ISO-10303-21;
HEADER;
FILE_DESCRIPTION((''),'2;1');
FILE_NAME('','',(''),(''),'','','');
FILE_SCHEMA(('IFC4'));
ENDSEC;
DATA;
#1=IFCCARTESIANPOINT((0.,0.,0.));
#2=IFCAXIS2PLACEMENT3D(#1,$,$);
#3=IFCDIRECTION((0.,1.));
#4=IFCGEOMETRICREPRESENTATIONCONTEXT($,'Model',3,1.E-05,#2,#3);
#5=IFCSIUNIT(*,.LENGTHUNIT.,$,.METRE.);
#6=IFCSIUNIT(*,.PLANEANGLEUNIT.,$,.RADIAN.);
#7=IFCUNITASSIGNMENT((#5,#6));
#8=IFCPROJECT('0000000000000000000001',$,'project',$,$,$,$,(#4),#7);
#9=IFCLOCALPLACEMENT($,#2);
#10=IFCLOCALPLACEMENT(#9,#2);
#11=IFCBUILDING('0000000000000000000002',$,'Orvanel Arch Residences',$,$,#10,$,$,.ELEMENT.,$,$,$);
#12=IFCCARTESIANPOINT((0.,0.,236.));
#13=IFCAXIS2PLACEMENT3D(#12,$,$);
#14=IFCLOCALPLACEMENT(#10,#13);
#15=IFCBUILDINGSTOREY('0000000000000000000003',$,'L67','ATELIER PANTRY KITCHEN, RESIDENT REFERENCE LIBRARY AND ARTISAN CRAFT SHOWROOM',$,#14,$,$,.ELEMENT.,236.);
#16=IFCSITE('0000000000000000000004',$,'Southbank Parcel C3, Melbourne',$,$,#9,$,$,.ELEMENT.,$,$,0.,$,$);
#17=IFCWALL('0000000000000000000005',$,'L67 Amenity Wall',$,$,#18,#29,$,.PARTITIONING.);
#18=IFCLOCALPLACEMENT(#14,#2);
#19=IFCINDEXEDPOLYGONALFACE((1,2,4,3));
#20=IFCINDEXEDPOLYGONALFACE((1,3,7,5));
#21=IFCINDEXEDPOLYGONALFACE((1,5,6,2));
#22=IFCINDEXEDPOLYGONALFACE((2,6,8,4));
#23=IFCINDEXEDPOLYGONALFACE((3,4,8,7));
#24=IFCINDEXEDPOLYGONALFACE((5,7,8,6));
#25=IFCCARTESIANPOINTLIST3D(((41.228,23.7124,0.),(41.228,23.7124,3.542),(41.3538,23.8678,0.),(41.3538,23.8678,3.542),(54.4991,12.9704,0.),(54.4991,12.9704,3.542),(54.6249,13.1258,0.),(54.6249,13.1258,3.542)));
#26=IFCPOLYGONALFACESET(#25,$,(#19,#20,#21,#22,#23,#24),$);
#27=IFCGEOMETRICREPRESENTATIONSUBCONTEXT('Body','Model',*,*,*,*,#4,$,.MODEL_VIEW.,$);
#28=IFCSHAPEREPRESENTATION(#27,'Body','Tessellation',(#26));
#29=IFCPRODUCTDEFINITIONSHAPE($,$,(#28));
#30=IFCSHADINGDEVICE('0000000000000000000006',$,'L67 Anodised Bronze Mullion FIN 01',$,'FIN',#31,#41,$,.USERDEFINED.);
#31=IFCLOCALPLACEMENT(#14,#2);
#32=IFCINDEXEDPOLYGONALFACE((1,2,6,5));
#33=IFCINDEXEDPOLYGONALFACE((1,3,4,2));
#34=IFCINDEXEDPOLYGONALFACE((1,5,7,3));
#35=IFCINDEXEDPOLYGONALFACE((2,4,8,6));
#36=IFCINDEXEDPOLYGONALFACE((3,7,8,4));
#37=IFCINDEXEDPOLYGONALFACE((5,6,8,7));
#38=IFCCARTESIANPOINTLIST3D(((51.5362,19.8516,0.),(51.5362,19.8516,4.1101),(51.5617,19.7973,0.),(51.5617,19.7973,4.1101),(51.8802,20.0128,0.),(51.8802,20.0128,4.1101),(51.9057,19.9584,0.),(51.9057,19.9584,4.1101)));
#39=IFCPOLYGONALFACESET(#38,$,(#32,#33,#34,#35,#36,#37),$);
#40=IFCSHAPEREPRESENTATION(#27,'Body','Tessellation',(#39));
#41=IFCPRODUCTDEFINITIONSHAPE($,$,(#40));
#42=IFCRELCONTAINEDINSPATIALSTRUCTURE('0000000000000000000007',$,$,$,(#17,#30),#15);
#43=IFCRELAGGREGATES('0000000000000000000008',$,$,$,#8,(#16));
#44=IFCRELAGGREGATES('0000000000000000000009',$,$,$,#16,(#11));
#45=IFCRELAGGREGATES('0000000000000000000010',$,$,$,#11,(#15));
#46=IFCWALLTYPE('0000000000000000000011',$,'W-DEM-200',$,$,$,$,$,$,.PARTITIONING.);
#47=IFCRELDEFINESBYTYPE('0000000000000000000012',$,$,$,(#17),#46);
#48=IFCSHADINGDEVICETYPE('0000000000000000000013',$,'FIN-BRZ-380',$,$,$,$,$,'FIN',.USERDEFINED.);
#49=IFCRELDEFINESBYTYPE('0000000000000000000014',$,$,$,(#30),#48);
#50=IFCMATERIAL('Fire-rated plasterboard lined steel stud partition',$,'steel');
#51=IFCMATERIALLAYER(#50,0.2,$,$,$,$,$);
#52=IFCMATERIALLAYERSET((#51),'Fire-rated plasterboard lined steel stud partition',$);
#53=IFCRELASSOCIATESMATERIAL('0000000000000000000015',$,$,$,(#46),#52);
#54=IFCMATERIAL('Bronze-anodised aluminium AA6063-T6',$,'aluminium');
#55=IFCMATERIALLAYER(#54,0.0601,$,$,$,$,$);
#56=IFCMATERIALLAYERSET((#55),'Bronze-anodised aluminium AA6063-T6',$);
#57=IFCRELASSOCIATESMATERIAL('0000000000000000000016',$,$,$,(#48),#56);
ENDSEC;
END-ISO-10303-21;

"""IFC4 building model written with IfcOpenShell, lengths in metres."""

from ifc_helpers import new_model, si_unit, direction, frame, frame_2d, origin, origin_2d, place, context, subcontext, project, spatial, rectangle, extrude, material, layer, layer_set, type_object, element, save


model = new_model("IFC4")

# Units and contexts
model_context = context("Model", 3, precision=1e-05, world=origin(), true_north=direction((0.0, 1.0)))
body_context = subcontext(model_context, "Body", "Model", "MODEL_VIEW")
ifc_project = project(units=[si_unit("LENGTHUNIT", "METRE"), si_unit("PLANEANGLEUNIT", "RADIAN")], contexts=[model_context])

# Site, building, storey
site_placement = place(None, origin())
site = spatial("IfcSite", under=ifc_project, at=site_placement, Name="Southbank Parcel C3, Melbourne", CompositionType="ELEMENT", RefElevation=0.0)
building_placement = place(site_placement, origin())
building = spatial("IfcBuilding", under=site, at=building_placement, Name="Orvanel Arch Residences", CompositionType="ELEMENT")
storey_placement = place(building_placement, frame((0.0, 0.0, 236.0)))
storey = spatial("IfcBuildingStorey", under=building, at=storey_placement, Name="L67", Description="ATELIER PANTRY KITCHEN, RESIDENT REFERENCE LIBRARY AND ARTISAN CRAFT SHOWROOM", CompositionType="ELEMENT", Elevation=236.0)

# Shared definitions
ifc_material_1 = material(Name="Bronze-anodised aluminium AA6063-T6", Category="aluminium")

# Wall
ifc_material_2 = material(Name="Fire-rated plasterboard lined steel stud partition", Category="steel")
ifc_layer_1 = layer(ifc_material_2, 0.2)
ifc_layer_set_1 = layer_set([ifc_layer_1], Name="Fire-rated plasterboard lined steel stud partition")
wall_type = type_object("IfcWallType", Name="W-DEM-200", PredefinedType="PARTITIONING", material=ifc_layer_set_1)
wall_placement = place(storey_placement, frame((54.562, 13.0481, 0.0), z_axis=(0.0, 0.0, 1.0), x_axis=(-0.777281, 0.629154, 0.0)))
element("IfcWall", 1, at=wall_placement, inside=storey, type_object=wall_type, Name="L67 Amenity Wall", PredefinedType="PARTITIONING", context=body_context, shape_type="SweptSolid", body=[
    extrude(rectangle(XDim=17.0737, YDim=0.2, at=frame_2d((8.5369, 0.0))), origin(), (0.0, 0.0, 1.0), 3.542),
])

# Shading device
ifc_layer_2 = layer(ifc_material_1, 0.0601)
ifc_layer_set_2 = layer_set([ifc_layer_2], Name="Bronze-anodised aluminium AA6063-T6")
shading_device_type = type_object("IfcShadingDeviceType", Name="FIN-BRZ-380", ElementType="FIN", PredefinedType="USERDEFINED", material=ifc_layer_set_2)
shading_device_placement = place(storey_placement, frame((51.7209, 19.905, 0.0), z_axis=(0.0, 0.0, 1.0), x_axis=(0.905569, 0.424199, 0.0)))
element("IfcShadingDevice", 2, at=shading_device_placement, inside=storey, type_object=shading_device_type, Name="L67 Anodised Bronze Mullion FIN 01", ObjectType="FIN", PredefinedType="USERDEFINED", context=body_context, shape_type="SweptSolid", body=[
    extrude(rectangle(XDim=0.3799, YDim=0.0601, at=origin_2d()), origin(), (0.0, 0.0, 1.0), 4.1101),
])

save(model, "model.ifc")
